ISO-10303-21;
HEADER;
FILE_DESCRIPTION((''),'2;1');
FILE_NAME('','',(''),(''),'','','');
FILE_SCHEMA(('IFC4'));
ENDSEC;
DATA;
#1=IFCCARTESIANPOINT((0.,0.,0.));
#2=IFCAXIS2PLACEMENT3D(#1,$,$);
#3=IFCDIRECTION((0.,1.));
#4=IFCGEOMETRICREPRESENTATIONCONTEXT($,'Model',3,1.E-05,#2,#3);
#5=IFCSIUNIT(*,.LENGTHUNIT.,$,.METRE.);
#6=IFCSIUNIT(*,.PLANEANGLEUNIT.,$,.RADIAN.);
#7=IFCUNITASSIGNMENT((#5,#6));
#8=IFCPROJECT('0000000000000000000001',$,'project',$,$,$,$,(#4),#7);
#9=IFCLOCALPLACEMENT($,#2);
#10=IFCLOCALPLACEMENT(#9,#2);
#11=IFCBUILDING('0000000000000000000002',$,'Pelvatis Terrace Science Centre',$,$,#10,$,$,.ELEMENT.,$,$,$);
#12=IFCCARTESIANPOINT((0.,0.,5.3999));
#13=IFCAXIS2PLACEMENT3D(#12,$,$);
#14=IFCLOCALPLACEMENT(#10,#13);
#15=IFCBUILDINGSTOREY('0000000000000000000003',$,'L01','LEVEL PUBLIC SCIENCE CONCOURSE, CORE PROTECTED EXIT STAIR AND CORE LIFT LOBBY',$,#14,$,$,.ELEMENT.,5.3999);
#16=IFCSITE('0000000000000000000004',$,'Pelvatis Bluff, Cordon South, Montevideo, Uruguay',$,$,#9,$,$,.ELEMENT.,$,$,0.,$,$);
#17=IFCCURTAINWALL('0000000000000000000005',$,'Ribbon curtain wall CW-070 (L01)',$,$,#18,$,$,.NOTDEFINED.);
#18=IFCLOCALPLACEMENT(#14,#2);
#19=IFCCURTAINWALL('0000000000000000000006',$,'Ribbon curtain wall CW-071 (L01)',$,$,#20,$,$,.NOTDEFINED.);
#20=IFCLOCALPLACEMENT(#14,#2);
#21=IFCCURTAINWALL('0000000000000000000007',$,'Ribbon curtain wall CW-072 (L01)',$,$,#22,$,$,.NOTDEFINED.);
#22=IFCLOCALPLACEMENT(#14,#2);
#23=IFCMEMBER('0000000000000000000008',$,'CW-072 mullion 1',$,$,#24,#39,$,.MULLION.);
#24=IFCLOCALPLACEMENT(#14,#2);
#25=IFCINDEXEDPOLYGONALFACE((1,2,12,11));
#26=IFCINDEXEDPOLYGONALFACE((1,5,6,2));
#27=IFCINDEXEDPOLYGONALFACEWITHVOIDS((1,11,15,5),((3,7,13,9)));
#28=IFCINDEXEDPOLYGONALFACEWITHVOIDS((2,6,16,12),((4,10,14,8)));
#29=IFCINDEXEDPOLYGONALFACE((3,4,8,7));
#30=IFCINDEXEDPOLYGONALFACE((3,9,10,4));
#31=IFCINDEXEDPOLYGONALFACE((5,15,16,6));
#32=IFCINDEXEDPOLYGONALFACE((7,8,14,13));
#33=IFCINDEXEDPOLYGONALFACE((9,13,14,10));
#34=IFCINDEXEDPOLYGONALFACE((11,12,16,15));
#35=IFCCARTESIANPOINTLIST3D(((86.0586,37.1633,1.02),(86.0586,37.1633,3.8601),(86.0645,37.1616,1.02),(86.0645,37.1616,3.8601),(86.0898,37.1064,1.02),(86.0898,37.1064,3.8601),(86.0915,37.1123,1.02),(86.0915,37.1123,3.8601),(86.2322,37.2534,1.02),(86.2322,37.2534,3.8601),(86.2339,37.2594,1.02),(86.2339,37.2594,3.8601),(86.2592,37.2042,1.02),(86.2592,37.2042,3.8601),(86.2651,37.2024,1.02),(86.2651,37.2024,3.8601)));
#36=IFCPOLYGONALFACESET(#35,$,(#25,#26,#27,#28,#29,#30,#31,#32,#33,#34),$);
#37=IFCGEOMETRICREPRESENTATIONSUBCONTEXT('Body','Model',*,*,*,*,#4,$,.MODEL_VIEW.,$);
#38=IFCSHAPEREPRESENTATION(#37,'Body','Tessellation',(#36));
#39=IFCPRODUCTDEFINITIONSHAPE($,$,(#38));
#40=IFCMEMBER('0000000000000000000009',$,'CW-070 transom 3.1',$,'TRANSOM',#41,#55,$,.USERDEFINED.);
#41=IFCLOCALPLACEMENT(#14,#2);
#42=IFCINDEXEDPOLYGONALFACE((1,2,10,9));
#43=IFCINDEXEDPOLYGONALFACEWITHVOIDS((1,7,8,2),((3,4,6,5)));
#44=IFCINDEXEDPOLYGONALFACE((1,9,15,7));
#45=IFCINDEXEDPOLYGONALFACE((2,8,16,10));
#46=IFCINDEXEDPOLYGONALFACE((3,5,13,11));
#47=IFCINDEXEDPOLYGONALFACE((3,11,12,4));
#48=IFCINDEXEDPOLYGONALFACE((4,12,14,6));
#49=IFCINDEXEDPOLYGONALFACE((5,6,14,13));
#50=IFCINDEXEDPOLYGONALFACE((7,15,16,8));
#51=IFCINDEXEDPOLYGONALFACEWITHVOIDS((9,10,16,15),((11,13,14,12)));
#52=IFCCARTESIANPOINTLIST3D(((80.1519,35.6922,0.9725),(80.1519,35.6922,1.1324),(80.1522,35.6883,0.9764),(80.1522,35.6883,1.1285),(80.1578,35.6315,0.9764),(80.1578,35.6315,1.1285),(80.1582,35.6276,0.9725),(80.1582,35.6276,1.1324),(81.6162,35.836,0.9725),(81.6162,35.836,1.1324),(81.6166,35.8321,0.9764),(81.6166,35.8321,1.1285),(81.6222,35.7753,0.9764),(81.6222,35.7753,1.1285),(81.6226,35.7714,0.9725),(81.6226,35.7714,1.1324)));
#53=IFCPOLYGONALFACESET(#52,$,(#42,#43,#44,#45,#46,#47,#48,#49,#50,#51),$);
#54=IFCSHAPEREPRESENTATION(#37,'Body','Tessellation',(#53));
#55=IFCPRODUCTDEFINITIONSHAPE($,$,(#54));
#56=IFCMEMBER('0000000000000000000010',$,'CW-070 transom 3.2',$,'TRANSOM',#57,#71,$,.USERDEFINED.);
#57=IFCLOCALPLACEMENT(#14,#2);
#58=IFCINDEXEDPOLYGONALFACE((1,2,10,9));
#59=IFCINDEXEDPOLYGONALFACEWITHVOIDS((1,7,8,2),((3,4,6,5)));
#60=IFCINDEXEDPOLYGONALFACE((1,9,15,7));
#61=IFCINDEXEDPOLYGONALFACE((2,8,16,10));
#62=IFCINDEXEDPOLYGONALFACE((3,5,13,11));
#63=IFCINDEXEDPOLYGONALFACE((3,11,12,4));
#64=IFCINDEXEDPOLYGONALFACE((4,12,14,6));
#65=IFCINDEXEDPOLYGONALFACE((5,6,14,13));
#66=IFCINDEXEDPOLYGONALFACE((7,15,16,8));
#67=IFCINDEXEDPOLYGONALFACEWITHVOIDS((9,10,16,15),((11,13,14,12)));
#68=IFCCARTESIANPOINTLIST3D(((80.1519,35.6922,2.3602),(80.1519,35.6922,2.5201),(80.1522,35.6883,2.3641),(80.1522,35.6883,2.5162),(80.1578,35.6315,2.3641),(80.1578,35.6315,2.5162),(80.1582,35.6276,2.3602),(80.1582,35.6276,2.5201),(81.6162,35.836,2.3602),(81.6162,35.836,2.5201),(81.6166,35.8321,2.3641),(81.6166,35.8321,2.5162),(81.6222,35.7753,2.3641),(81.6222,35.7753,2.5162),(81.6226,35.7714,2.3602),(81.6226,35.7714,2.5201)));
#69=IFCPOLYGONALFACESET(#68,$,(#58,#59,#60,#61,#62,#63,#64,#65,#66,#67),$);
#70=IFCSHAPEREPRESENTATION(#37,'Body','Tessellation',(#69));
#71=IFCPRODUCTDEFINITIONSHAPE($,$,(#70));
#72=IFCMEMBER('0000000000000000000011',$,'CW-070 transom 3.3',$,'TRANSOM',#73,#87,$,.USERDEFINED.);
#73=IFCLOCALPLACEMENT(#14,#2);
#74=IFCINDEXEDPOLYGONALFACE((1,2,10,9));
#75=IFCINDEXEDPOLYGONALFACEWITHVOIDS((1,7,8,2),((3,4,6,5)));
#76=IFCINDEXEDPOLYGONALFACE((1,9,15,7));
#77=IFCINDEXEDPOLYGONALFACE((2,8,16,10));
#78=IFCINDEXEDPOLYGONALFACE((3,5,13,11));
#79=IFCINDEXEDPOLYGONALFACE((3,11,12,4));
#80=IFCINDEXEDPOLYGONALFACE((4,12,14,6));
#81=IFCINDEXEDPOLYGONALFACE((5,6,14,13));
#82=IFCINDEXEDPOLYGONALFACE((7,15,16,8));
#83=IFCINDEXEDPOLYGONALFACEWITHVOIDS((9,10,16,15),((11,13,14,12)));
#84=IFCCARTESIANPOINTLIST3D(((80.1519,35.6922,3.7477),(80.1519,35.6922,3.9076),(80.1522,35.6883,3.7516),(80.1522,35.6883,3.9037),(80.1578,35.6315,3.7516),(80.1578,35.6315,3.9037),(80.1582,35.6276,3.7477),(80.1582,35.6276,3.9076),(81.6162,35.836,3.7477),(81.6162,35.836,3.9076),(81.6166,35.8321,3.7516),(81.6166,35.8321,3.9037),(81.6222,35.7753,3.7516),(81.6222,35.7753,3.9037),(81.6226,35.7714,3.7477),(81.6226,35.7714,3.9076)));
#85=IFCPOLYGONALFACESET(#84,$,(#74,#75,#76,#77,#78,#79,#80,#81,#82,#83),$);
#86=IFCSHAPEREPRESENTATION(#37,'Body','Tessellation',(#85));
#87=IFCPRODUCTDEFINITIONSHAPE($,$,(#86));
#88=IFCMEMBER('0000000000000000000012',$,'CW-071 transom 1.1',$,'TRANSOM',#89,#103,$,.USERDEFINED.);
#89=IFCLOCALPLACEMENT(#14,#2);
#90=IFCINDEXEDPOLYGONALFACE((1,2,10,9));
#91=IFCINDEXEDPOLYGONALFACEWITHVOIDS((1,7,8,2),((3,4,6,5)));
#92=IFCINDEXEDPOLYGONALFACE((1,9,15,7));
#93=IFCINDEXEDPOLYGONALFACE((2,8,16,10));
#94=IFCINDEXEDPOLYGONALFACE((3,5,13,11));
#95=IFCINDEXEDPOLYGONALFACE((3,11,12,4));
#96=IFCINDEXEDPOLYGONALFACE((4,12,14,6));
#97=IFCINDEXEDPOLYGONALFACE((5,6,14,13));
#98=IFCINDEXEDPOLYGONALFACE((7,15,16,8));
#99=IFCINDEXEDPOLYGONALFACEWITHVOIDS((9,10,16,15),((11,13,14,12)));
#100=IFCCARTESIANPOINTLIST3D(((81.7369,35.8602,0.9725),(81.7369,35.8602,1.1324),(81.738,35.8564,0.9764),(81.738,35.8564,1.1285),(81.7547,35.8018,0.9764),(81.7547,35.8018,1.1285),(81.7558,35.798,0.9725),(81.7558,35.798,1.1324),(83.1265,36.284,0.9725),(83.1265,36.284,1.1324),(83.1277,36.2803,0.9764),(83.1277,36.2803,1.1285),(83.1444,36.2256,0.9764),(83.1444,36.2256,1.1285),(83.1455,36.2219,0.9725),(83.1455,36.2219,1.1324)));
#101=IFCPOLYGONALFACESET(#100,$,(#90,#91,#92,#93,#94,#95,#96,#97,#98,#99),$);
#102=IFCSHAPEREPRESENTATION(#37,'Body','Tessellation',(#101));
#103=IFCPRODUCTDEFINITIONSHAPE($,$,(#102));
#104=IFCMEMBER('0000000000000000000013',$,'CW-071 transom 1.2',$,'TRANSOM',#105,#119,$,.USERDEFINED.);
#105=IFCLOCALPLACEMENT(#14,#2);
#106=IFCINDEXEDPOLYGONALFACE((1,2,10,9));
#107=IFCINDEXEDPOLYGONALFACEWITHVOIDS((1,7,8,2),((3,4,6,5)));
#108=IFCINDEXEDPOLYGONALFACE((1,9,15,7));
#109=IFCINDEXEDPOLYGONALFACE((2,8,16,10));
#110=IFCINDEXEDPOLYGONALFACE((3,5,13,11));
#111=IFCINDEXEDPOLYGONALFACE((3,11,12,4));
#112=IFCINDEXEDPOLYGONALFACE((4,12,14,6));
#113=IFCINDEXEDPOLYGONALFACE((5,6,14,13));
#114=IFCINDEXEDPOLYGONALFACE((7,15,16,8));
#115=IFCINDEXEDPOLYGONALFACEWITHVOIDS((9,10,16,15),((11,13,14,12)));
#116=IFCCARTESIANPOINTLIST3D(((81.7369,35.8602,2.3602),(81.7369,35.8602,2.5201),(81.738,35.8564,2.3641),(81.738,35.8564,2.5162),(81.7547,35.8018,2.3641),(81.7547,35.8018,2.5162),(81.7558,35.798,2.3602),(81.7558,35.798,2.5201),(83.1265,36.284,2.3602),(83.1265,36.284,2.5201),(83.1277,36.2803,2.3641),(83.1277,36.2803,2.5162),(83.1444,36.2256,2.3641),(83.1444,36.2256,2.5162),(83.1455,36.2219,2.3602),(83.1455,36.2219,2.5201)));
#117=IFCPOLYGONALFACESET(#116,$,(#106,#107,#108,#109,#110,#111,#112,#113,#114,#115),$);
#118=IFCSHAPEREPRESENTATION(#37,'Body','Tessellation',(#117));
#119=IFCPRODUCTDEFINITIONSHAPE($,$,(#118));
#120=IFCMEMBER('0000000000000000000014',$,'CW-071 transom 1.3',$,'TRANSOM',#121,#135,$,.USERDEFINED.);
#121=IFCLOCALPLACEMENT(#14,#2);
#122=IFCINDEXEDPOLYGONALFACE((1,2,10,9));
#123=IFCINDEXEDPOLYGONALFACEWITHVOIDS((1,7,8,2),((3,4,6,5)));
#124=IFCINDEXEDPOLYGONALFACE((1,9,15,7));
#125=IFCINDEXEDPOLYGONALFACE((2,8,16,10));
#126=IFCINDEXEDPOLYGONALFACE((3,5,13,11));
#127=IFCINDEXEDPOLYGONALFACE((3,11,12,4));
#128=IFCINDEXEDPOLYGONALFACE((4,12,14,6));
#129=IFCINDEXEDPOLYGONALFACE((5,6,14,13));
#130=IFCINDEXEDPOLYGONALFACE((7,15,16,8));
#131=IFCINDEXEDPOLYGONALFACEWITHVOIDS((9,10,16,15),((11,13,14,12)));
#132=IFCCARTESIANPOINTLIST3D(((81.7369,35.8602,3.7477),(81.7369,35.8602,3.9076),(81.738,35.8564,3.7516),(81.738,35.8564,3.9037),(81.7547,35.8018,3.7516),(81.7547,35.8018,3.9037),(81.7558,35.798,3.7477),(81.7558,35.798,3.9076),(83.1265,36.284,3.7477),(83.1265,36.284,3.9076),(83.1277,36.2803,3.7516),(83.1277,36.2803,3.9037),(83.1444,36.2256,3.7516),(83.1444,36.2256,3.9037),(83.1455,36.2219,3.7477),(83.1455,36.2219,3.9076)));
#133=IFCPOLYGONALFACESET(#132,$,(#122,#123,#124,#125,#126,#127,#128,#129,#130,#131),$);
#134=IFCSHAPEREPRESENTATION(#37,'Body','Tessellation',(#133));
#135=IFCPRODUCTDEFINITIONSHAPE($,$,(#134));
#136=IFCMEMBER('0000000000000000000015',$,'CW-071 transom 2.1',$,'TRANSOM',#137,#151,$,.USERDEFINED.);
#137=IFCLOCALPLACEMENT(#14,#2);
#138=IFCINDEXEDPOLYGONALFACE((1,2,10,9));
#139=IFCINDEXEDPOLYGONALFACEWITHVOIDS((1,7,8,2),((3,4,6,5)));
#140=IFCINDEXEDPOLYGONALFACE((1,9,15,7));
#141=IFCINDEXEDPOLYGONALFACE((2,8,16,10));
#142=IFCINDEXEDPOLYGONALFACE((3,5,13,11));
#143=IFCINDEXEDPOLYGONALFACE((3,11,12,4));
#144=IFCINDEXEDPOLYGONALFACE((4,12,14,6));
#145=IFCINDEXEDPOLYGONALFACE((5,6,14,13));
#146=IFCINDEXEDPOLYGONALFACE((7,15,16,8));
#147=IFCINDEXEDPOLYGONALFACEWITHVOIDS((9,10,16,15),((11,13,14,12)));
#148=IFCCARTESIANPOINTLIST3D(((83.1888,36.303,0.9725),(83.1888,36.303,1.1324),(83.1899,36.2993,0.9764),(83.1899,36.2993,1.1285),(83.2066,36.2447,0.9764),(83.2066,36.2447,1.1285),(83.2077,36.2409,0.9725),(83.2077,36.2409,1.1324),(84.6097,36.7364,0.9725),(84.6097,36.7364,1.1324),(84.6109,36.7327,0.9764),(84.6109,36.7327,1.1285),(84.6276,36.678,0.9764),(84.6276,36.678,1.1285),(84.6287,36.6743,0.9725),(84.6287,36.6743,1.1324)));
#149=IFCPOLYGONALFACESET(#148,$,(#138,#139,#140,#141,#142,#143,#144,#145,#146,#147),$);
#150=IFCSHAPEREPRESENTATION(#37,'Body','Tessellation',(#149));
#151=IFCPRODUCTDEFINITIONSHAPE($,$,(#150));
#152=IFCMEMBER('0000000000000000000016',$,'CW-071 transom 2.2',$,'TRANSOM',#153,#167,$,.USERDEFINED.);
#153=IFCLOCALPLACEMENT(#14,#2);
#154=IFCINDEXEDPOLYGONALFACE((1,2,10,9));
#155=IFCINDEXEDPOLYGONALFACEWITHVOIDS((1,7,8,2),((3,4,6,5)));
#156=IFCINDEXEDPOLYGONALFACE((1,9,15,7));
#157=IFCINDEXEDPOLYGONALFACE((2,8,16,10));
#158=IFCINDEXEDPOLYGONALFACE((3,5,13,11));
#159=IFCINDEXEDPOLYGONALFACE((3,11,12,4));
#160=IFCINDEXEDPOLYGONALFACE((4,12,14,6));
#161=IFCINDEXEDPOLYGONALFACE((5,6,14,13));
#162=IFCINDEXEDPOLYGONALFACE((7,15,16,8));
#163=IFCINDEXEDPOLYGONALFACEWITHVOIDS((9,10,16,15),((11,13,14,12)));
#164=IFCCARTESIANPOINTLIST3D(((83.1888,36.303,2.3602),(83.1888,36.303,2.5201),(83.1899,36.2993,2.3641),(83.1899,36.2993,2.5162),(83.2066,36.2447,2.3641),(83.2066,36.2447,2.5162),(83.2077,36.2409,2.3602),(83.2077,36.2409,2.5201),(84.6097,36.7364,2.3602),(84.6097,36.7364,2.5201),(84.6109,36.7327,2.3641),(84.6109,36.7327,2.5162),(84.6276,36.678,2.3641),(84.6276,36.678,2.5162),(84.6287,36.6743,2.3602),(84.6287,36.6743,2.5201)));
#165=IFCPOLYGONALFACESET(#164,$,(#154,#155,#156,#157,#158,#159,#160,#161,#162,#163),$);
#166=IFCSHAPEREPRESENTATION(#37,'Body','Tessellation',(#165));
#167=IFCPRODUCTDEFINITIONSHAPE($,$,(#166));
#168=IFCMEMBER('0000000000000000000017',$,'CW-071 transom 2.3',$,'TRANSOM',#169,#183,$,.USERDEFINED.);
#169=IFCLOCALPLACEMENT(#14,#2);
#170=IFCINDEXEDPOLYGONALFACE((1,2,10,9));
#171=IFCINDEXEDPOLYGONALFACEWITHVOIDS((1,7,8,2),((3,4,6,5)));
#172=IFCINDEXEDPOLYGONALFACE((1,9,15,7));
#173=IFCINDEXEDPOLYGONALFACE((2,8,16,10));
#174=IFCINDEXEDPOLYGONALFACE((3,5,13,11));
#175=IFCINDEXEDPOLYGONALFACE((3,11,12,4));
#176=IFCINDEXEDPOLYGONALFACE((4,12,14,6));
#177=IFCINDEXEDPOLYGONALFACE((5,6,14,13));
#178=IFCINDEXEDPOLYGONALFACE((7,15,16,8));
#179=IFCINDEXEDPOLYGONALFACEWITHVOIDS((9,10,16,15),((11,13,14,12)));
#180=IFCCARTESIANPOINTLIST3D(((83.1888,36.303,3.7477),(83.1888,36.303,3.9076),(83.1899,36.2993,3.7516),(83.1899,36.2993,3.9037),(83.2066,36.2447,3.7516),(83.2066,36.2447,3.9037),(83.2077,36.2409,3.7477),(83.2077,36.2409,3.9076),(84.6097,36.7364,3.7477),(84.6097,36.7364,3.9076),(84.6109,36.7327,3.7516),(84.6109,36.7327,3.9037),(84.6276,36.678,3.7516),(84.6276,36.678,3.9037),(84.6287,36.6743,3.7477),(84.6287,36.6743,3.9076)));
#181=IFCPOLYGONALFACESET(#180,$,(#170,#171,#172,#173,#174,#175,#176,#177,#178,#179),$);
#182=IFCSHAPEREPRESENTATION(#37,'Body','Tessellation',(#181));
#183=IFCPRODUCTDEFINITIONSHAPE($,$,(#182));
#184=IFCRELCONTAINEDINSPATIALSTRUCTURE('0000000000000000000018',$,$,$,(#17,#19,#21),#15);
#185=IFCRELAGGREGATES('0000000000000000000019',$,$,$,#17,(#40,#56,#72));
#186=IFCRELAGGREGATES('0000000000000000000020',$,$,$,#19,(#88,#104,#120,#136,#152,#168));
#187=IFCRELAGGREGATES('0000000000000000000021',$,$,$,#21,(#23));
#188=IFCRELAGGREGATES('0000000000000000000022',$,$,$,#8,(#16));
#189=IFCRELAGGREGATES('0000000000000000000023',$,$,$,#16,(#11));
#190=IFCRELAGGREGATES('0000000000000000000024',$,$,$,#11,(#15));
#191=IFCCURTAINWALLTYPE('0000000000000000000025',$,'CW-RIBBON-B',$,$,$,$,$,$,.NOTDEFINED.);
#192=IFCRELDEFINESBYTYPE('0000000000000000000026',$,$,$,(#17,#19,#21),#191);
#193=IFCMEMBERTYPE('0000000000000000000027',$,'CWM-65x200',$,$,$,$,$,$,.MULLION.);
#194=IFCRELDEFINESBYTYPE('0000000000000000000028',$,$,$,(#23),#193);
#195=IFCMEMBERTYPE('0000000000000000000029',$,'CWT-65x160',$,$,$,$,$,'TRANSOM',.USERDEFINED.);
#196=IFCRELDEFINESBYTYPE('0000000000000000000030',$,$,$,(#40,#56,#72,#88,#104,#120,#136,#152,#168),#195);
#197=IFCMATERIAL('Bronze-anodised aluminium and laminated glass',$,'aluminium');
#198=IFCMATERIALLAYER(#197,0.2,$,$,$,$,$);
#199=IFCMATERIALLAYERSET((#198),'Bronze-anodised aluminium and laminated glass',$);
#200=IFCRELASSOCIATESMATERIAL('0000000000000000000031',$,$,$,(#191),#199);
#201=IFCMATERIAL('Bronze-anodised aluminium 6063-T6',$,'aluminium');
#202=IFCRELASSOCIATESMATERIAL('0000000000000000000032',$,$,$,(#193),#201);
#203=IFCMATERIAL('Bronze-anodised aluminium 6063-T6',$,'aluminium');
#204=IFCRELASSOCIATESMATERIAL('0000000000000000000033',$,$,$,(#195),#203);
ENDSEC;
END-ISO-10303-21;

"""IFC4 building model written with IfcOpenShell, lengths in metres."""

from ifc_helpers import new_model, si_unit, direction, frame, origin, origin_2d, place, context, subcontext, project, spatial, hollow_rectangle, extrude, material, layer, layer_set, material_profile, profile_set, type_object, element, aggregate, save


model = new_model("IFC4")

# Units and contexts
model_context = context("Model", 3, precision=1e-05, world=origin(), true_north=direction((0.0, 1.0)))
body_context = subcontext(model_context, "Body", "Model", "MODEL_VIEW")
ifc_project = project(units=[si_unit("LENGTHUNIT", "METRE"), si_unit("PLANEANGLEUNIT", "RADIAN")], contexts=[model_context])

# Site, building, storey
site_placement = place(None, origin())
site = spatial("IfcSite", under=ifc_project, at=site_placement, Name="Pelvatis Bluff, Cordon South, Montevideo, Uruguay", CompositionType="ELEMENT", RefElevation=0.0)
building_placement = place(site_placement, origin())
building = spatial("IfcBuilding", under=site, at=building_placement, Name="Pelvatis Terrace Science Centre", CompositionType="ELEMENT")
storey_placement = place(building_placement, frame((0.0, 0.0, 5.3999)))
storey = spatial("IfcBuildingStorey", under=building, at=storey_placement, Name="L01", Description="LEVEL PUBLIC SCIENCE CONCOURSE, CORE PROTECTED EXIT STAIR AND CORE LIFT LOBBY", CompositionType="ELEMENT", Elevation=5.3999)

# Curtain wall
ifc_material_1 = material(Name="Bronze-anodised aluminium and laminated glass", Category="aluminium")
ifc_layer_1 = layer(ifc_material_1, 0.2)
ifc_layer_set_1 = layer_set([ifc_layer_1], Name="Bronze-anodised aluminium and laminated glass")
curtain_wall_type = type_object("IfcCurtainWallType", Name="CW-RIBBON-B", PredefinedType="NOTDEFINED", material=ifc_layer_set_1)
curtain_wall_1_placement = place(storey_placement, origin())
curtain_wall_1 = element("IfcCurtainWall", 1, at=curtain_wall_1_placement, inside=storey, type_object=curtain_wall_type, Name="Ribbon curtain wall CW-070 (L01)", PredefinedType="NOTDEFINED")
ifc_material_2 = material(Name="Bronze-anodised aluminium 6063-T6", Category="aluminium")
ifc_material_profile_1 = material_profile(ifc_material_2, hollow_rectangle(XDim=0.0649, YDim=0.2, WallThickness=0.0044, at=origin_2d()), Name="ALU-MUL 65x200")
ifc_profile_set_1 = profile_set([ifc_material_profile_1], Name="Bronze-anodised aluminium 6063-T6")
member_type_1 = type_object("IfcMemberType", Name="CWM-65x200", PredefinedType="MULLION", material=ifc_profile_set_1)

# Curtain wall
curtain_wall_2_placement = place(storey_placement, origin())
curtain_wall_2 = element("IfcCurtainWall", 2, at=curtain_wall_2_placement, inside=storey, type_object=curtain_wall_type, Name="Ribbon curtain wall CW-071 (L01)", PredefinedType="NOTDEFINED")

# Curtain wall, member
curtain_wall_3_placement = place(storey_placement, origin())
curtain_wall_3 = element("IfcCurtainWall", 3, at=curtain_wall_3_placement, inside=storey, type_object=curtain_wall_type, Name="Ribbon curtain wall CW-072 (L01)", PredefinedType="NOTDEFINED")
member_1_placement = place(storey_placement, frame((86.1619, 37.1829, 1.02), z_axis=(0.0, 0.0, 1.0), x_axis=(-0.480406, 0.877046, 0.0)))
member_1 = element("IfcMember", 4, at=member_1_placement, type_object=member_type_1, Name="CW-072 mullion 1", PredefinedType="MULLION", context=body_context, shape_type="SweptSolid", body=[
    extrude(hollow_rectangle(XDim=0.0649, YDim=0.2, WallThickness=0.0044, at=origin_2d()), origin(), (0.0, 0.0, 1.0), 2.8401),
])

# Members
ifc_material_3 = material(Name="Bronze-anodised aluminium 6063-T6", Category="aluminium")
ifc_material_profile_2 = material_profile(ifc_material_3, hollow_rectangle(XDim=0.0649, YDim=0.1599, WallThickness=0.0039, at=origin_2d()), Name="ALU-TRN 65x160")
ifc_profile_set_2 = profile_set([ifc_material_profile_2], Name="Bronze-anodised aluminium 6063-T6")
member_type_2 = type_object("IfcMemberType", Name="CWT-65x160", ElementType="TRANSOM", PredefinedType="USERDEFINED", material=ifc_profile_set_2)
member_2_placement = place(storey_placement, frame((80.155, 35.6599, 1.0525), z_axis=(0.995213, 0.097729, 0.0), x_axis=(-0.097729, 0.995213, 0.0)))
member_2 = element("IfcMember", 5, at=member_2_placement, type_object=member_type_2, Name="CW-070 transom 3.1", ObjectType="TRANSOM", PredefinedType="USERDEFINED", context=body_context, shape_type="SweptSolid", body=[
    extrude(hollow_rectangle(XDim=0.0649, YDim=0.1599, WallThickness=0.0039, at=origin_2d()), origin(), (0.0, 0.0, 1.0), 1.4714),
])
member_3_placement = place(storey_placement, frame((80.155, 35.6599, 2.4402), z_axis=(0.995213, 0.097729, 0.0), x_axis=(-0.097729, 0.995213, 0.0)))
member_3 = element("IfcMember", 6, at=member_3_placement, type_object=member_type_2, Name="CW-070 transom 3.2", ObjectType="TRANSOM", PredefinedType="USERDEFINED", context=body_context, shape_type="SweptSolid", body=[
    extrude(hollow_rectangle(XDim=0.0649, YDim=0.1599, WallThickness=0.0039, at=origin_2d()), origin(), (0.0, 0.0, 1.0), 1.4714),
])
member_4_placement = place(storey_placement, frame((80.155, 35.6599, 3.8276), z_axis=(0.995213, 0.097729, 0.0), x_axis=(-0.097729, 0.995213, 0.0)))
member_4 = element("IfcMember", 7, at=member_4_placement, type_object=member_type_2, Name="CW-070 transom 3.3", ObjectType="TRANSOM", PredefinedType="USERDEFINED", context=body_context, shape_type="SweptSolid", body=[
    extrude(hollow_rectangle(XDim=0.0649, YDim=0.1599, WallThickness=0.0039, at=origin_2d()), origin(), (0.0, 0.0, 1.0), 1.4714),
])
member_5_placement = place(storey_placement, frame((81.7463, 35.8291, 1.0525), z_axis=(0.956503, 0.291723, 0.0), x_axis=(-0.291723, 0.956503, 0.0)))
member_5 = element("IfcMember", 8, at=member_5_placement, type_object=member_type_2, Name="CW-071 transom 1.1", ObjectType="TRANSOM", PredefinedType="USERDEFINED", context=body_context, shape_type="SweptSolid", body=[
    extrude(hollow_rectangle(XDim=0.0649, YDim=0.1599, WallThickness=0.0039, at=origin_2d()), origin(), (0.0, 0.0, 1.0), 1.4529),
])
member_6_placement = place(storey_placement, frame((81.7463, 35.8291, 2.4402), z_axis=(0.956503, 0.291723, 0.0), x_axis=(-0.291723, 0.956503, 0.0)))
member_6 = element("IfcMember", 9, at=member_6_placement, type_object=member_type_2, Name="CW-071 transom 1.2", ObjectType="TRANSOM", PredefinedType="USERDEFINED", context=body_context, shape_type="SweptSolid", body=[
    extrude(hollow_rectangle(XDim=0.0649, YDim=0.1599, WallThickness=0.0039, at=origin_2d()), origin(), (0.0, 0.0, 1.0), 1.4529),
])
member_7_placement = place(storey_placement, frame((81.7463, 35.8291, 3.8276), z_axis=(0.956503, 0.291723, 0.0), x_axis=(-0.291723, 0.956503, 0.0)))
member_7 = element("IfcMember", 10, at=member_7_placement, type_object=member_type_2, Name="CW-071 transom 1.3", ObjectType="TRANSOM", PredefinedType="USERDEFINED", context=body_context, shape_type="SweptSolid", body=[
    extrude(hollow_rectangle(XDim=0.0649, YDim=0.1599, WallThickness=0.0039, at=origin_2d()), origin(), (0.0, 0.0, 1.0), 1.4529),
])
member_8_placement = place(storey_placement, frame((83.1982, 36.272, 1.0525), z_axis=(0.956505, 0.291717, 0.0), x_axis=(-0.291717, 0.956505, 0.0)))
member_8 = element("IfcMember", 11, at=member_8_placement, type_object=member_type_2, Name="CW-071 transom 2.1", ObjectType="TRANSOM", PredefinedType="USERDEFINED", context=body_context, shape_type="SweptSolid", body=[
    extrude(hollow_rectangle(XDim=0.0649, YDim=0.1599, WallThickness=0.0039, at=origin_2d()), origin(), (0.0, 0.0, 1.0), 1.4856),
])
member_9_placement = place(storey_placement, frame((83.1982, 36.272, 2.4402), z_axis=(0.956505, 0.291717, 0.0), x_axis=(-0.291717, 0.956505, 0.0)))
member_9 = element("IfcMember", 12, at=member_9_placement, type_object=member_type_2, Name="CW-071 transom 2.2", ObjectType="TRANSOM", PredefinedType="USERDEFINED", context=body_context, shape_type="SweptSolid", body=[
    extrude(hollow_rectangle(XDim=0.0649, YDim=0.1599, WallThickness=0.0039, at=origin_2d()), origin(), (0.0, 0.0, 1.0), 1.4856),
])
member_10_placement = place(storey_placement, frame((83.1982, 36.272, 3.8276), z_axis=(0.956505, 0.291717, 0.0), x_axis=(-0.291717, 0.956505, 0.0)))
member_10 = element("IfcMember", 13, at=member_10_placement, type_object=member_type_2, Name="CW-071 transom 2.3", ObjectType="TRANSOM", PredefinedType="USERDEFINED", context=body_context, shape_type="SweptSolid", body=[
    extrude(hollow_rectangle(XDim=0.0649, YDim=0.1599, WallThickness=0.0039, at=origin_2d()), origin(), (0.0, 0.0, 1.0), 1.4856),
])

aggregate(curtain_wall_1, [member_2, member_3, member_4])
aggregate(curtain_wall_2, [member_5, member_6, member_7, member_8, member_9, member_10])
aggregate(curtain_wall_3, [member_1])

save(model, "model.ifc")
